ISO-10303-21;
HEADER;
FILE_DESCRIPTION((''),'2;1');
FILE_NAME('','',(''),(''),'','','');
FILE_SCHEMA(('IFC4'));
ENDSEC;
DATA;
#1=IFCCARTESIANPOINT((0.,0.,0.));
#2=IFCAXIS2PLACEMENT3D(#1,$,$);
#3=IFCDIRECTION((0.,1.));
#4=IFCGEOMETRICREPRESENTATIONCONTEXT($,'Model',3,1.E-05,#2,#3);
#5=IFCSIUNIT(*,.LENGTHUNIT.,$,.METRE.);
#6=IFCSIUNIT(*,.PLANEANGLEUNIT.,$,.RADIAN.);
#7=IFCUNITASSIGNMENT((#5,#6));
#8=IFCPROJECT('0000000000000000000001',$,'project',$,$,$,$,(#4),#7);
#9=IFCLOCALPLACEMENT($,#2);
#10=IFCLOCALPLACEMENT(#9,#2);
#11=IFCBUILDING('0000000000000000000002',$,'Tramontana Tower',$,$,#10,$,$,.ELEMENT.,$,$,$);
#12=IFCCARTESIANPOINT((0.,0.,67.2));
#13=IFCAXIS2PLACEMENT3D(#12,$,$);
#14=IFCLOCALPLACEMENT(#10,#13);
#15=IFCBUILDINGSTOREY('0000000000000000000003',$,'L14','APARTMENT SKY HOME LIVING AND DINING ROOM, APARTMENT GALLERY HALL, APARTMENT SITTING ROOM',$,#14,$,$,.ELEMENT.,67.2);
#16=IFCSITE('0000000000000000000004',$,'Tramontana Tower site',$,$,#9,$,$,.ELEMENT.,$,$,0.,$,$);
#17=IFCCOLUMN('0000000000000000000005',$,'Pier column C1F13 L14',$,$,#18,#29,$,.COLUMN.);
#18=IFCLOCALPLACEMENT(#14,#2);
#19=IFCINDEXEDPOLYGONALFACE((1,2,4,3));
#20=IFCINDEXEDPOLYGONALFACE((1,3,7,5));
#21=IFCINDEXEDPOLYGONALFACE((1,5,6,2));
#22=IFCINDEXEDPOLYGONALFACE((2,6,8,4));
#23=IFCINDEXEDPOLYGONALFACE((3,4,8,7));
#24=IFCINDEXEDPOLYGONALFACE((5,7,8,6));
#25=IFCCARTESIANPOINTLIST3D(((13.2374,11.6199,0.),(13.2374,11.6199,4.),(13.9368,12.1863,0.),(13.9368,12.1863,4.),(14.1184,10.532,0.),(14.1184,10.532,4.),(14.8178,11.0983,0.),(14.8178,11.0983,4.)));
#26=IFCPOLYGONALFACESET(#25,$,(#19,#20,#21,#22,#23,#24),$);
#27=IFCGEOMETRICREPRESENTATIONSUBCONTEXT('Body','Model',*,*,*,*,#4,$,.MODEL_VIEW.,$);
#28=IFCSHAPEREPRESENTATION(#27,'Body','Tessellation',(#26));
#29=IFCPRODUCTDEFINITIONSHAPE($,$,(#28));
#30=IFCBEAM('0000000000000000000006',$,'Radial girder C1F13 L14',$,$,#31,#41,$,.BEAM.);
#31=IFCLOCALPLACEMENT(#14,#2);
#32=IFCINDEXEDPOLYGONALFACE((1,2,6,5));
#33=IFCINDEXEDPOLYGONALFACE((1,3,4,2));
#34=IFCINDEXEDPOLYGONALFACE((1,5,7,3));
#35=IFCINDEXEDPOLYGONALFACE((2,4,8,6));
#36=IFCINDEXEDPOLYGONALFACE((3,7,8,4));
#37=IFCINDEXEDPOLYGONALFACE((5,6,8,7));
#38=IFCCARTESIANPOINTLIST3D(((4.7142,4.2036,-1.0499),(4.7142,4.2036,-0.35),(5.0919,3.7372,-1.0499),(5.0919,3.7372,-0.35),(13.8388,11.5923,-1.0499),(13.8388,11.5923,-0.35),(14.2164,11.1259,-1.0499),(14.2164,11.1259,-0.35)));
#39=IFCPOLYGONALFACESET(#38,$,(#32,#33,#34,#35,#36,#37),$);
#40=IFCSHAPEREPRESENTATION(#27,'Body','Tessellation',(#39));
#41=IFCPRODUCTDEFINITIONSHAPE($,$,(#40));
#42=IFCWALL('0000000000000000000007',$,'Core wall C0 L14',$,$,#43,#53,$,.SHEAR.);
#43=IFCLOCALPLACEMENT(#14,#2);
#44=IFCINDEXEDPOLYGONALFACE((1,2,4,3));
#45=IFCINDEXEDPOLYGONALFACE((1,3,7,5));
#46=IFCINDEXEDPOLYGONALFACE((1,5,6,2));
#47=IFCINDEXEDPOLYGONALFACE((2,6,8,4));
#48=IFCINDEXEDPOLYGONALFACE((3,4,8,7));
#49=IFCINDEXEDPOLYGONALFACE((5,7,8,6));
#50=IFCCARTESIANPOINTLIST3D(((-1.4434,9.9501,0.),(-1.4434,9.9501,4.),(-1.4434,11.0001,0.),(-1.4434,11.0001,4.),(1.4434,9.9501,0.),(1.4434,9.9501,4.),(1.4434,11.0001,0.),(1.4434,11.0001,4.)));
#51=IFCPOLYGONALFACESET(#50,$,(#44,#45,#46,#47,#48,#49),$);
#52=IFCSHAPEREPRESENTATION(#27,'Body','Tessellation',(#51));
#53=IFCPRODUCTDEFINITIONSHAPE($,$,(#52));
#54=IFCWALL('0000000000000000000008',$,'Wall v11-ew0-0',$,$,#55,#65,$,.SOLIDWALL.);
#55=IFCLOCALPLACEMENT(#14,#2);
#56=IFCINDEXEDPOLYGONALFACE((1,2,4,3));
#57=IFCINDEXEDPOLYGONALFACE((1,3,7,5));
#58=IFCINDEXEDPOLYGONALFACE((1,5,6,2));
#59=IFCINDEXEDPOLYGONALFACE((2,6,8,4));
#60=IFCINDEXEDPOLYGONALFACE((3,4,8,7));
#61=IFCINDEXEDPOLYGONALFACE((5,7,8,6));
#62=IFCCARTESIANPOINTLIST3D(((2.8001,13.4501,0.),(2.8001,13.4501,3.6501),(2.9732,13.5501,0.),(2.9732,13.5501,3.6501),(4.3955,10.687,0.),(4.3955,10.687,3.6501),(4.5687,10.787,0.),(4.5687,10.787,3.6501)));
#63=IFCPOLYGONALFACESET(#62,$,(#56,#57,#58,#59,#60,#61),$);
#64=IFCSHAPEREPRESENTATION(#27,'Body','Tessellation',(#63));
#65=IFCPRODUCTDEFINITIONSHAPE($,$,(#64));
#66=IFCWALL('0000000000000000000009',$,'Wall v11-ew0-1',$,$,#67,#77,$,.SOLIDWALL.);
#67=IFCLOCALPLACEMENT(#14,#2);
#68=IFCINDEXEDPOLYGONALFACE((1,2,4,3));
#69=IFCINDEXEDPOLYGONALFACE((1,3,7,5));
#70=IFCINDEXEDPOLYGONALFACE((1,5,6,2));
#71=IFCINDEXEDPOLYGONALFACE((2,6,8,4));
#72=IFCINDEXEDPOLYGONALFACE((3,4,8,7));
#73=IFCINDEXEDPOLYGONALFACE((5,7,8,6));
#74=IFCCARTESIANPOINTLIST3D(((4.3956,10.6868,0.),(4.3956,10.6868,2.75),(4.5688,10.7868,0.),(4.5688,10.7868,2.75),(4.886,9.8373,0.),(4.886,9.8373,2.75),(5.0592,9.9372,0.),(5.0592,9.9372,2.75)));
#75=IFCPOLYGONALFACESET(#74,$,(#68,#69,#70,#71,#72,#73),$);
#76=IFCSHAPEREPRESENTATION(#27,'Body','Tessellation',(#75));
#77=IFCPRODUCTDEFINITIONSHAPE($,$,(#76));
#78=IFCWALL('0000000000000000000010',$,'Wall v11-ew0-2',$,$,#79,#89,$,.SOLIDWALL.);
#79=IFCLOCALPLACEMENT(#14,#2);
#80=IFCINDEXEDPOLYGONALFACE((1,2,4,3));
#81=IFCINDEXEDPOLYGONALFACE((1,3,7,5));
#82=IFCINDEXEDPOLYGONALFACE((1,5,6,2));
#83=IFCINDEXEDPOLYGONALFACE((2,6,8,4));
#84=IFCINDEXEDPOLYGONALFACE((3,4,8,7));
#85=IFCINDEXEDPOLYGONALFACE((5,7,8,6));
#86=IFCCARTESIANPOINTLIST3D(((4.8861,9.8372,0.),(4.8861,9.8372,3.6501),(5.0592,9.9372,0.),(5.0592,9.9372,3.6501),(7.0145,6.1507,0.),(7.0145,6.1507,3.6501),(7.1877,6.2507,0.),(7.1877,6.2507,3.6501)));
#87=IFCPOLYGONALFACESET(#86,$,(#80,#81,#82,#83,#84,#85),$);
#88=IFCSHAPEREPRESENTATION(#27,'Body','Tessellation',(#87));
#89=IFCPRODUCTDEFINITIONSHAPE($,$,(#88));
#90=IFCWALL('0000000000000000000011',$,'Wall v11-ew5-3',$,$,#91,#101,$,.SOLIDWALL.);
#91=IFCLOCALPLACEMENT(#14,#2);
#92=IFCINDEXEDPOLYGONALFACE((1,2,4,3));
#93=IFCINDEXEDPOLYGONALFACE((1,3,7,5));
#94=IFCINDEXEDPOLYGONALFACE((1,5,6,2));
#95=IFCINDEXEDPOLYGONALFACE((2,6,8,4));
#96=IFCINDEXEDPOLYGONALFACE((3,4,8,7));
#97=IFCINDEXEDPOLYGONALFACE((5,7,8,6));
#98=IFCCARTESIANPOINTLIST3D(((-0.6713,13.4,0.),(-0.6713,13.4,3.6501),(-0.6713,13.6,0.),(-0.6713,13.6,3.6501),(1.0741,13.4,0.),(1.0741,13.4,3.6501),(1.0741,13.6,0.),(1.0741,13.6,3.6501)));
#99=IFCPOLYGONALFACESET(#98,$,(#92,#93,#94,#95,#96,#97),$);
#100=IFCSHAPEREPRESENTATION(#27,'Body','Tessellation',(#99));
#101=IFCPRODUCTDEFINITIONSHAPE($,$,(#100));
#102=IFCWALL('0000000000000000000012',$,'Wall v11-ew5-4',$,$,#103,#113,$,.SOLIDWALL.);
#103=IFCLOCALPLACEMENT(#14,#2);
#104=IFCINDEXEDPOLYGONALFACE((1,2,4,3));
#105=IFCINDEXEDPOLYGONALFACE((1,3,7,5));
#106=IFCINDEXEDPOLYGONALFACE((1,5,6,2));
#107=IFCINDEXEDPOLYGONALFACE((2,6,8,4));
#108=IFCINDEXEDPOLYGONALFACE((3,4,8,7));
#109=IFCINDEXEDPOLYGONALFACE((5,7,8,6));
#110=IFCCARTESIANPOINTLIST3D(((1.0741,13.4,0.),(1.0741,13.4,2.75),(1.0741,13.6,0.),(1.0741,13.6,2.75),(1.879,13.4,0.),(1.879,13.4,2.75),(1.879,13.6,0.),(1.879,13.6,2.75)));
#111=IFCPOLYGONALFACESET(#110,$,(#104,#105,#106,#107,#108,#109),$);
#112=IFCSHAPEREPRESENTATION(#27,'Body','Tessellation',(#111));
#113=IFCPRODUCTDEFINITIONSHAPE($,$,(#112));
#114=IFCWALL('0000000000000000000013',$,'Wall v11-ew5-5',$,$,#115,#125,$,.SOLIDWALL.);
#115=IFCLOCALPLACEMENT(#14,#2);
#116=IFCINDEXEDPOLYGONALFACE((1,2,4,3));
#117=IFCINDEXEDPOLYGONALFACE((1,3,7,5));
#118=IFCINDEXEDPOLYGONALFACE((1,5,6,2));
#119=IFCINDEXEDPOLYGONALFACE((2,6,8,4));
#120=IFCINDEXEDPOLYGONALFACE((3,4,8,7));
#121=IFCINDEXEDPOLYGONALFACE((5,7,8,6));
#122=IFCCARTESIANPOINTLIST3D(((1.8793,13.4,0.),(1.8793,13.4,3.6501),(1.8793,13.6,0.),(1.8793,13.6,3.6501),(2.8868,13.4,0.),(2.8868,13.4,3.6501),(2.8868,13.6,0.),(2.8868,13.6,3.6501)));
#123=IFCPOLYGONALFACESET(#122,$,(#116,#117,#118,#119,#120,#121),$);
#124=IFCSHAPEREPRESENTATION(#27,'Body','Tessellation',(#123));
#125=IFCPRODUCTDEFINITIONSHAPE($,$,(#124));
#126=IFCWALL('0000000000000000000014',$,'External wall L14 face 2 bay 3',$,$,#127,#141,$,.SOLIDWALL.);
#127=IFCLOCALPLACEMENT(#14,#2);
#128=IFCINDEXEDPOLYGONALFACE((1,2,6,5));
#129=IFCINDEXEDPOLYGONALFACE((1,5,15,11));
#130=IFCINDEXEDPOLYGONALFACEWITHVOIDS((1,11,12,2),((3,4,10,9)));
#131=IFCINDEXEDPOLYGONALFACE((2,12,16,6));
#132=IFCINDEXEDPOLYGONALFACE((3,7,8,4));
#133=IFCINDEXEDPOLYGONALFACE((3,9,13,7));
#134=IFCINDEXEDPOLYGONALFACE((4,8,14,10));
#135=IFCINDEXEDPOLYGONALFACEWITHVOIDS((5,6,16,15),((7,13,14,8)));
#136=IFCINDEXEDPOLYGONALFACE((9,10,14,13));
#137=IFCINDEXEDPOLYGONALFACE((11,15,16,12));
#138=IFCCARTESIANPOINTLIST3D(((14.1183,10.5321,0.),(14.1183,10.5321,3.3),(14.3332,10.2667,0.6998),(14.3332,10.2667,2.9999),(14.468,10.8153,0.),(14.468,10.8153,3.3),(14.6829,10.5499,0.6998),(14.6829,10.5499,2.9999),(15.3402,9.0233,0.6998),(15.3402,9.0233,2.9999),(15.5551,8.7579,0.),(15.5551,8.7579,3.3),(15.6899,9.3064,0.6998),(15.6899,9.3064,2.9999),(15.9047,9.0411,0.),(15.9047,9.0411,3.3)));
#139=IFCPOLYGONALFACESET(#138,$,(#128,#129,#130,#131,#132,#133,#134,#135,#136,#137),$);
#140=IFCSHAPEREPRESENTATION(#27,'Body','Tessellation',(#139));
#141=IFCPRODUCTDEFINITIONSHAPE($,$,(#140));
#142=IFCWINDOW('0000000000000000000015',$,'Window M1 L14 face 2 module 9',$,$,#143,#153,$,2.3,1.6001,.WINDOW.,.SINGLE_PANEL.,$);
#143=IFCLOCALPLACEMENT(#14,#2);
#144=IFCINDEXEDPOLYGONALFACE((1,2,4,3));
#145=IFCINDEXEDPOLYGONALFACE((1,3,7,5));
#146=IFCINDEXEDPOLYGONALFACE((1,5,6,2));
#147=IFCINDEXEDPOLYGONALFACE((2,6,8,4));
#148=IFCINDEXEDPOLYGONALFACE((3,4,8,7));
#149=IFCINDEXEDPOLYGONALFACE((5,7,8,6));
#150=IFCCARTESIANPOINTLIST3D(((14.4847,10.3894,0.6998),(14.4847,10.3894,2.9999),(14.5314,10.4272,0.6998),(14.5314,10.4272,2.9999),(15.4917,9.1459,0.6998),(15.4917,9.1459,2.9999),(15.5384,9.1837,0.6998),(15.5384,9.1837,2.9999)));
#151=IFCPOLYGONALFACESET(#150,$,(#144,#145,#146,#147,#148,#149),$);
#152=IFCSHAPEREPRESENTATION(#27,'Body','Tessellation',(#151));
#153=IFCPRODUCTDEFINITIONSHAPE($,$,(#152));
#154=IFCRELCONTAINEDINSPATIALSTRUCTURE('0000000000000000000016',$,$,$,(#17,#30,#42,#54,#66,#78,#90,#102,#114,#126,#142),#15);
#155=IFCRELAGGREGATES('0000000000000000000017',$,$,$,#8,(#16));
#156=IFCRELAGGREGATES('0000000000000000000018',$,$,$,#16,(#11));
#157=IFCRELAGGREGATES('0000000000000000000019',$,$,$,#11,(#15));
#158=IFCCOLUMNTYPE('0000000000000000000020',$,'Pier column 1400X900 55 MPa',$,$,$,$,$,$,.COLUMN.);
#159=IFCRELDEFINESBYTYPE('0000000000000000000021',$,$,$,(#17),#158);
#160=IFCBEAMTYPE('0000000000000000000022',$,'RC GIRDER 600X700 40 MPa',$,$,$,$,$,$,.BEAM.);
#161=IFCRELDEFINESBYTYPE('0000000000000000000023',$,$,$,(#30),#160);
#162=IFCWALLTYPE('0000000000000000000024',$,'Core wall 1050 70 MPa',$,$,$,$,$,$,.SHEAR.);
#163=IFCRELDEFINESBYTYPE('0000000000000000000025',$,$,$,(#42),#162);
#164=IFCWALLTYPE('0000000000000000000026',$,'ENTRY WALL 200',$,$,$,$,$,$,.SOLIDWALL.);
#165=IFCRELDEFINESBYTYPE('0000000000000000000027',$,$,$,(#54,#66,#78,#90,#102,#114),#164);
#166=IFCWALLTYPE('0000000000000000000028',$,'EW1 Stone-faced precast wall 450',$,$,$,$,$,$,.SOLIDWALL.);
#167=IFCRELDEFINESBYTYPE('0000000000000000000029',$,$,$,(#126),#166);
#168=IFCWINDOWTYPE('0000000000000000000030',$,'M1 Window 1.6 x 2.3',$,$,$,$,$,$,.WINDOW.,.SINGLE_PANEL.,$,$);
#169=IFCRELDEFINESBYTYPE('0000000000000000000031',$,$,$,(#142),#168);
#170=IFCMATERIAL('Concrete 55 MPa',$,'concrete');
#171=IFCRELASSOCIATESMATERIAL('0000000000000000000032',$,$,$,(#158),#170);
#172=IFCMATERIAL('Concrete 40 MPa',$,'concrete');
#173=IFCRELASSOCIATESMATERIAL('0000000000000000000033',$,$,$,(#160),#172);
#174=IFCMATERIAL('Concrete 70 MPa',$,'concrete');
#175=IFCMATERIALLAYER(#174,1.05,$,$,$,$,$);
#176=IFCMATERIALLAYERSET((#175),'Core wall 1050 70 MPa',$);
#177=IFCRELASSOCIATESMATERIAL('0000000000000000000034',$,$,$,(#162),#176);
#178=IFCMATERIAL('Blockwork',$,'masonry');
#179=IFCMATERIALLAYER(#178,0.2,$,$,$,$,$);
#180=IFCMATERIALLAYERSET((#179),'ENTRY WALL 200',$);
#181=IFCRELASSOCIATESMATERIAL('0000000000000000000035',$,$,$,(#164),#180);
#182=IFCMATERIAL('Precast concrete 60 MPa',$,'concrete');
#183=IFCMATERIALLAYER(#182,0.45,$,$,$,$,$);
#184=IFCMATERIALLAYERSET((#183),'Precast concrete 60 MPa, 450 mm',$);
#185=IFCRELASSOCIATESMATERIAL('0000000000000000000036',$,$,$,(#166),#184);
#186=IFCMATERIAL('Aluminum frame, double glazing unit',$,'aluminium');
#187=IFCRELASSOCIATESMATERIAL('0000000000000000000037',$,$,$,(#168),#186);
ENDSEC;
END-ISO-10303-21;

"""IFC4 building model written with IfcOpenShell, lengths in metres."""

from ifc_helpers import new_model, si_unit, direction, frame, frame_2d, origin, origin_2d, place, context, subcontext, project, spatial, rectangle, extrude, material, layer, layer_set, material_profile, profile_set, type_object, element, fill, save


model = new_model("IFC4")

# Units and contexts
model_context = context("Model", 3, precision=1e-05, world=origin(), true_north=direction((0.0, 1.0)))
body_context = subcontext(model_context, "Body", "Model", "MODEL_VIEW")
ifc_project = project(units=[si_unit("LENGTHUNIT", "METRE"), si_unit("PLANEANGLEUNIT", "RADIAN")], contexts=[model_context])

# Site, building, storey
site_placement = place(None, origin())
site = spatial("IfcSite", under=ifc_project, at=site_placement, Name="Tramontana Tower site", CompositionType="ELEMENT", RefElevation=0.0)
building_placement = place(site_placement, origin())
building = spatial("IfcBuilding", under=site, at=building_placement, Name="Tramontana Tower", CompositionType="ELEMENT")
storey_placement = place(building_placement, frame((0.0, 0.0, 67.2)))
storey = spatial("IfcBuildingStorey", under=building, at=storey_placement, Name="L14", Description="APARTMENT SKY HOME LIVING AND DINING ROOM, APARTMENT GALLERY HALL, APARTMENT SITTING ROOM", CompositionType="ELEMENT", Elevation=67.2)

# Column
ifc_material_1 = material(Name="Concrete 55 MPa", Category="concrete")
ifc_material_profile_1 = material_profile(ifc_material_1, rectangle(XDim=1.3999, YDim=0.8999, at=origin_2d()), Name="Pier column 1400X900 55 MPa")
ifc_profile_set_1 = profile_set([ifc_material_profile_1], Name="Concrete 55 MPa")
column_type = type_object("IfcColumnType", Name="Pier column 1400X900 55 MPa", PredefinedType="COLUMN", material=ifc_profile_set_1)
column_placement = place(storey_placement, frame((14.0276, 11.3591, 0.0), z_axis=(0.0, 0.0, 1.0), x_axis=(-0.62932, 0.777146, 0.0)))
element("IfcColumn", 1, at=column_placement, inside=storey, type_object=column_type, Name="Pier column C1F13 L14", PredefinedType="COLUMN", context=body_context, shape_type="SweptSolid", body=[
    extrude(rectangle(XDim=1.3999, YDim=0.8999, at=origin_2d()), origin(), (0.0, 0.0, 1.0), 4.0),
])

# Beam
ifc_material_2 = material(Name="Concrete 40 MPa", Category="concrete")
ifc_material_profile_2 = material_profile(ifc_material_2, rectangle(XDim=0.6001, YDim=0.7, at=origin_2d()), Name="RC GIRDER 600X700 40 MPa")
ifc_profile_set_2 = profile_set([ifc_material_profile_2], Name="Concrete 40 MPa")
beam_type = type_object("IfcBeamType", Name="RC GIRDER 600X700 40 MPa", PredefinedType="BEAM", material=ifc_profile_set_2)
beam_placement = place(storey_placement, frame((14.0276, 11.3591, -0.7), z_axis=(-0.777155, -0.629309, 0.0), x_axis=(0.629309, -0.777155, 0.0)))
element("IfcBeam", 2, at=beam_placement, inside=storey, type_object=beam_type, Name="Radial girder C1F13 L14", PredefinedType="BEAM", context=body_context, shape_type="SweptSolid", body=[
    extrude(rectangle(XDim=0.6001, YDim=0.7, at=origin_2d()), origin(), (0.0, 0.0, 1.0), 11.741),
])

# Walls
ifc_material_3 = material(Name="Concrete 70 MPa", Category="concrete")
ifc_layer_1 = layer(ifc_material_3, 1.05)
ifc_layer_set_1 = layer_set([ifc_layer_1], Name="Core wall 1050 70 MPa")
wall_type_1 = type_object("IfcWallType", Name="Core wall 1050 70 MPa", PredefinedType="SHEAR", material=ifc_layer_set_1)
wall_1_placement = place(storey_placement, frame((1.4434, 10.4751, 0.0), z_axis=(0.0, 0.0, 1.0), x_axis=(-1.0, 0.0, 0.0)))
element("IfcWall", 3, at=wall_1_placement, inside=storey, type_object=wall_type_1, Name="Core wall C0 L14", PredefinedType="SHEAR", context=body_context, shape_type="SweptSolid", body=[
    extrude(rectangle(XDim=2.8867, YDim=1.05, at=frame_2d((1.4434, 0.0))), origin(), (0.0, 0.0, 1.0), 4.0),
])
ifc_material_4 = material(Name="Blockwork", Category="masonry")
ifc_layer_2 = layer(ifc_material_4, 0.2)
ifc_layer_set_2 = layer_set([ifc_layer_2], Name="ENTRY WALL 200")
wall_type_2 = type_object("IfcWallType", Name="ENTRY WALL 200", PredefinedType="SOLIDWALL", material=ifc_layer_set_2)
wall_2_placement = place(storey_placement, frame((2.8867, 13.5, 0.0), z_axis=(0.0, 0.0, 1.0), x_axis=(0.500032, -0.866007, 0.0)))
element("IfcWall", 4, at=wall_2_placement, inside=storey, type_object=wall_type_2, Name="Wall v11-ew0-0", PredefinedType="SOLIDWALL", context=body_context, shape_type="SweptSolid", body=[
    extrude(rectangle(XDim=3.1907, YDim=0.2, at=frame_2d((1.5952, 0.0))), origin(), (0.0, 0.0, 1.0), 3.6501),
])
wall_3_placement = place(storey_placement, frame((4.4822, 10.7368, 0.0), z_axis=(0.0, 0.0, 1.0), x_axis=(0.499967, -0.866045, 0.0)))
element("IfcWall", 5, at=wall_3_placement, inside=storey, type_object=wall_type_2, Name="Wall v11-ew0-1", PredefinedType="SOLIDWALL", context=body_context, shape_type="SweptSolid", body=[
    extrude(rectangle(XDim=0.981, YDim=0.2, at=frame_2d((0.4905, 0.0))), origin(), (0.0, 0.0, 1.0), 2.75),
])
wall_4_placement = place(storey_placement, frame((4.9727, 9.8872, 0.0), z_axis=(0.0, 0.0, 1.0), x_axis=(0.5, -0.866025, 0.0)))
element("IfcWall", 6, at=wall_4_placement, inside=storey, type_object=wall_type_2, Name="Wall v11-ew0-2", PredefinedType="SOLIDWALL", context=body_context, shape_type="SweptSolid", body=[
    extrude(rectangle(XDim=4.2568, YDim=0.2, at=frame_2d((2.1284, 0.0))), origin(), (0.0, 0.0, 1.0), 3.6501),
])
wall_5_placement = place(storey_placement, frame((-0.6711, 13.5, 0.0), z_axis=(0.0, 0.0, 1.0), x_axis=(1.0, 0.0, 0.0)))
element("IfcWall", 7, at=wall_5_placement, inside=storey, type_object=wall_type_2, Name="Wall v11-ew5-3", PredefinedType="SOLIDWALL", context=body_context, shape_type="SweptSolid", body=[
    extrude(rectangle(XDim=1.7454, YDim=0.2, at=frame_2d((0.8726, 0.0))), origin(), (0.0, 0.0, 1.0), 3.6501),
])
wall_6_placement = place(storey_placement, frame((1.0742, 13.5, 0.0), z_axis=(0.0, 0.0, 1.0), x_axis=(1.0, 0.0, 0.0)))
element("IfcWall", 8, at=wall_6_placement, inside=storey, type_object=wall_type_2, Name="Wall v11-ew5-4", PredefinedType="SOLIDWALL", context=body_context, shape_type="SweptSolid", body=[
    extrude(rectangle(XDim=0.8049, YDim=0.2, at=frame_2d((0.4023, 0.0))), origin(), (0.0, 0.0, 1.0), 2.75),
])
wall_7_placement = place(storey_placement, frame((1.8792, 13.5, 0.0), z_axis=(0.0, 0.0, 1.0), x_axis=(1.0, 0.0, 0.0)))
element("IfcWall", 9, at=wall_7_placement, inside=storey, type_object=wall_type_2, Name="Wall v11-ew5-5", PredefinedType="SOLIDWALL", context=body_context, shape_type="SweptSolid", body=[
    extrude(rectangle(XDim=1.0076, YDim=0.2, at=frame_2d((0.5039, 0.0))), origin(), (0.0, 0.0, 1.0), 3.6501),
])

# Wall, opening, window
ifc_material_5 = material(Name="Precast concrete 60 MPa", Category="concrete")
ifc_layer_3 = layer(ifc_material_5, 0.45)
ifc_layer_set_3 = layer_set([ifc_layer_3], Name="Precast concrete 60 MPa, 450 mm")
wall_type_3 = type_object("IfcWallType", Name="EW1 Stone-faced precast wall 450", PredefinedType="SOLIDWALL", material=ifc_layer_set_3)
wall_8_placement = place(storey_placement, frame((15.73, 8.8994, 0.0), z_axis=(0.0, 0.0, 1.0), x_axis=(-0.62934, 0.77713, 0.0)))
wall_8 = element("IfcWall", 10, at=wall_8_placement, inside=storey, type_object=wall_type_3, Name="External wall L14 face 2 bay 3", PredefinedType="SOLIDWALL", context=body_context, shape_type="SweptSolid", body=[
    extrude(rectangle(XDim=2.283, YDim=0.45, at=frame_2d((1.1416, 0.0))), origin(), (0.0, 0.0, 1.0), 3.3),
])
opening_1_placement = place(wall_8_placement, frame((0.3416, 0.0, 0.7)))
opening_1 = element("IfcOpeningElement", 11, at=opening_1_placement, cuts=wall_8, PredefinedType="OPENING", context=body_context, shape_type="SweptSolid", body=[
    extrude(rectangle(XDim=1.6001, YDim=2.3, at=frame_2d((0.8, 1.1499))), frame((0.0, 0.2349, 0.0), z_axis=(0.0, -1.0, 0.0), x_axis=(1.0, 0.0, 0.0)), (0.0, 0.0, 1.0), 0.47),
])
ifc_material_6 = material(Name="Aluminum frame, double glazing unit", Category="aluminium")
window_type_1 = type_object("IfcWindowType", Name="M1 Window 1.6 x 2.3", PartitioningType="SINGLE_PANEL", PredefinedType="WINDOW", material=ifc_material_6)
window_1_placement = place(opening_1_placement, origin())
window_1 = element("IfcWindow", 12, at=window_1_placement, inside=storey, type_object=window_type_1, Name="Window M1 L14 face 2 module 9", OverallHeight=2.3, OverallWidth=1.6001, PartitioningType="SINGLE_PANEL", PredefinedType="WINDOW", context=body_context, shape_type="SweptSolid", body=[
    extrude(rectangle(XDim=1.6001, YDim=2.3, at=frame_2d((0.8, 1.1499))), frame((0.0, 0.03, 0.0), z_axis=(0.0, -1.0, 0.0), x_axis=(1.0, 0.0, 0.0)), (0.0, 0.0, 1.0), 0.0601),
])
fill(opening_1, window_1)

save(model, "model.ifc")
